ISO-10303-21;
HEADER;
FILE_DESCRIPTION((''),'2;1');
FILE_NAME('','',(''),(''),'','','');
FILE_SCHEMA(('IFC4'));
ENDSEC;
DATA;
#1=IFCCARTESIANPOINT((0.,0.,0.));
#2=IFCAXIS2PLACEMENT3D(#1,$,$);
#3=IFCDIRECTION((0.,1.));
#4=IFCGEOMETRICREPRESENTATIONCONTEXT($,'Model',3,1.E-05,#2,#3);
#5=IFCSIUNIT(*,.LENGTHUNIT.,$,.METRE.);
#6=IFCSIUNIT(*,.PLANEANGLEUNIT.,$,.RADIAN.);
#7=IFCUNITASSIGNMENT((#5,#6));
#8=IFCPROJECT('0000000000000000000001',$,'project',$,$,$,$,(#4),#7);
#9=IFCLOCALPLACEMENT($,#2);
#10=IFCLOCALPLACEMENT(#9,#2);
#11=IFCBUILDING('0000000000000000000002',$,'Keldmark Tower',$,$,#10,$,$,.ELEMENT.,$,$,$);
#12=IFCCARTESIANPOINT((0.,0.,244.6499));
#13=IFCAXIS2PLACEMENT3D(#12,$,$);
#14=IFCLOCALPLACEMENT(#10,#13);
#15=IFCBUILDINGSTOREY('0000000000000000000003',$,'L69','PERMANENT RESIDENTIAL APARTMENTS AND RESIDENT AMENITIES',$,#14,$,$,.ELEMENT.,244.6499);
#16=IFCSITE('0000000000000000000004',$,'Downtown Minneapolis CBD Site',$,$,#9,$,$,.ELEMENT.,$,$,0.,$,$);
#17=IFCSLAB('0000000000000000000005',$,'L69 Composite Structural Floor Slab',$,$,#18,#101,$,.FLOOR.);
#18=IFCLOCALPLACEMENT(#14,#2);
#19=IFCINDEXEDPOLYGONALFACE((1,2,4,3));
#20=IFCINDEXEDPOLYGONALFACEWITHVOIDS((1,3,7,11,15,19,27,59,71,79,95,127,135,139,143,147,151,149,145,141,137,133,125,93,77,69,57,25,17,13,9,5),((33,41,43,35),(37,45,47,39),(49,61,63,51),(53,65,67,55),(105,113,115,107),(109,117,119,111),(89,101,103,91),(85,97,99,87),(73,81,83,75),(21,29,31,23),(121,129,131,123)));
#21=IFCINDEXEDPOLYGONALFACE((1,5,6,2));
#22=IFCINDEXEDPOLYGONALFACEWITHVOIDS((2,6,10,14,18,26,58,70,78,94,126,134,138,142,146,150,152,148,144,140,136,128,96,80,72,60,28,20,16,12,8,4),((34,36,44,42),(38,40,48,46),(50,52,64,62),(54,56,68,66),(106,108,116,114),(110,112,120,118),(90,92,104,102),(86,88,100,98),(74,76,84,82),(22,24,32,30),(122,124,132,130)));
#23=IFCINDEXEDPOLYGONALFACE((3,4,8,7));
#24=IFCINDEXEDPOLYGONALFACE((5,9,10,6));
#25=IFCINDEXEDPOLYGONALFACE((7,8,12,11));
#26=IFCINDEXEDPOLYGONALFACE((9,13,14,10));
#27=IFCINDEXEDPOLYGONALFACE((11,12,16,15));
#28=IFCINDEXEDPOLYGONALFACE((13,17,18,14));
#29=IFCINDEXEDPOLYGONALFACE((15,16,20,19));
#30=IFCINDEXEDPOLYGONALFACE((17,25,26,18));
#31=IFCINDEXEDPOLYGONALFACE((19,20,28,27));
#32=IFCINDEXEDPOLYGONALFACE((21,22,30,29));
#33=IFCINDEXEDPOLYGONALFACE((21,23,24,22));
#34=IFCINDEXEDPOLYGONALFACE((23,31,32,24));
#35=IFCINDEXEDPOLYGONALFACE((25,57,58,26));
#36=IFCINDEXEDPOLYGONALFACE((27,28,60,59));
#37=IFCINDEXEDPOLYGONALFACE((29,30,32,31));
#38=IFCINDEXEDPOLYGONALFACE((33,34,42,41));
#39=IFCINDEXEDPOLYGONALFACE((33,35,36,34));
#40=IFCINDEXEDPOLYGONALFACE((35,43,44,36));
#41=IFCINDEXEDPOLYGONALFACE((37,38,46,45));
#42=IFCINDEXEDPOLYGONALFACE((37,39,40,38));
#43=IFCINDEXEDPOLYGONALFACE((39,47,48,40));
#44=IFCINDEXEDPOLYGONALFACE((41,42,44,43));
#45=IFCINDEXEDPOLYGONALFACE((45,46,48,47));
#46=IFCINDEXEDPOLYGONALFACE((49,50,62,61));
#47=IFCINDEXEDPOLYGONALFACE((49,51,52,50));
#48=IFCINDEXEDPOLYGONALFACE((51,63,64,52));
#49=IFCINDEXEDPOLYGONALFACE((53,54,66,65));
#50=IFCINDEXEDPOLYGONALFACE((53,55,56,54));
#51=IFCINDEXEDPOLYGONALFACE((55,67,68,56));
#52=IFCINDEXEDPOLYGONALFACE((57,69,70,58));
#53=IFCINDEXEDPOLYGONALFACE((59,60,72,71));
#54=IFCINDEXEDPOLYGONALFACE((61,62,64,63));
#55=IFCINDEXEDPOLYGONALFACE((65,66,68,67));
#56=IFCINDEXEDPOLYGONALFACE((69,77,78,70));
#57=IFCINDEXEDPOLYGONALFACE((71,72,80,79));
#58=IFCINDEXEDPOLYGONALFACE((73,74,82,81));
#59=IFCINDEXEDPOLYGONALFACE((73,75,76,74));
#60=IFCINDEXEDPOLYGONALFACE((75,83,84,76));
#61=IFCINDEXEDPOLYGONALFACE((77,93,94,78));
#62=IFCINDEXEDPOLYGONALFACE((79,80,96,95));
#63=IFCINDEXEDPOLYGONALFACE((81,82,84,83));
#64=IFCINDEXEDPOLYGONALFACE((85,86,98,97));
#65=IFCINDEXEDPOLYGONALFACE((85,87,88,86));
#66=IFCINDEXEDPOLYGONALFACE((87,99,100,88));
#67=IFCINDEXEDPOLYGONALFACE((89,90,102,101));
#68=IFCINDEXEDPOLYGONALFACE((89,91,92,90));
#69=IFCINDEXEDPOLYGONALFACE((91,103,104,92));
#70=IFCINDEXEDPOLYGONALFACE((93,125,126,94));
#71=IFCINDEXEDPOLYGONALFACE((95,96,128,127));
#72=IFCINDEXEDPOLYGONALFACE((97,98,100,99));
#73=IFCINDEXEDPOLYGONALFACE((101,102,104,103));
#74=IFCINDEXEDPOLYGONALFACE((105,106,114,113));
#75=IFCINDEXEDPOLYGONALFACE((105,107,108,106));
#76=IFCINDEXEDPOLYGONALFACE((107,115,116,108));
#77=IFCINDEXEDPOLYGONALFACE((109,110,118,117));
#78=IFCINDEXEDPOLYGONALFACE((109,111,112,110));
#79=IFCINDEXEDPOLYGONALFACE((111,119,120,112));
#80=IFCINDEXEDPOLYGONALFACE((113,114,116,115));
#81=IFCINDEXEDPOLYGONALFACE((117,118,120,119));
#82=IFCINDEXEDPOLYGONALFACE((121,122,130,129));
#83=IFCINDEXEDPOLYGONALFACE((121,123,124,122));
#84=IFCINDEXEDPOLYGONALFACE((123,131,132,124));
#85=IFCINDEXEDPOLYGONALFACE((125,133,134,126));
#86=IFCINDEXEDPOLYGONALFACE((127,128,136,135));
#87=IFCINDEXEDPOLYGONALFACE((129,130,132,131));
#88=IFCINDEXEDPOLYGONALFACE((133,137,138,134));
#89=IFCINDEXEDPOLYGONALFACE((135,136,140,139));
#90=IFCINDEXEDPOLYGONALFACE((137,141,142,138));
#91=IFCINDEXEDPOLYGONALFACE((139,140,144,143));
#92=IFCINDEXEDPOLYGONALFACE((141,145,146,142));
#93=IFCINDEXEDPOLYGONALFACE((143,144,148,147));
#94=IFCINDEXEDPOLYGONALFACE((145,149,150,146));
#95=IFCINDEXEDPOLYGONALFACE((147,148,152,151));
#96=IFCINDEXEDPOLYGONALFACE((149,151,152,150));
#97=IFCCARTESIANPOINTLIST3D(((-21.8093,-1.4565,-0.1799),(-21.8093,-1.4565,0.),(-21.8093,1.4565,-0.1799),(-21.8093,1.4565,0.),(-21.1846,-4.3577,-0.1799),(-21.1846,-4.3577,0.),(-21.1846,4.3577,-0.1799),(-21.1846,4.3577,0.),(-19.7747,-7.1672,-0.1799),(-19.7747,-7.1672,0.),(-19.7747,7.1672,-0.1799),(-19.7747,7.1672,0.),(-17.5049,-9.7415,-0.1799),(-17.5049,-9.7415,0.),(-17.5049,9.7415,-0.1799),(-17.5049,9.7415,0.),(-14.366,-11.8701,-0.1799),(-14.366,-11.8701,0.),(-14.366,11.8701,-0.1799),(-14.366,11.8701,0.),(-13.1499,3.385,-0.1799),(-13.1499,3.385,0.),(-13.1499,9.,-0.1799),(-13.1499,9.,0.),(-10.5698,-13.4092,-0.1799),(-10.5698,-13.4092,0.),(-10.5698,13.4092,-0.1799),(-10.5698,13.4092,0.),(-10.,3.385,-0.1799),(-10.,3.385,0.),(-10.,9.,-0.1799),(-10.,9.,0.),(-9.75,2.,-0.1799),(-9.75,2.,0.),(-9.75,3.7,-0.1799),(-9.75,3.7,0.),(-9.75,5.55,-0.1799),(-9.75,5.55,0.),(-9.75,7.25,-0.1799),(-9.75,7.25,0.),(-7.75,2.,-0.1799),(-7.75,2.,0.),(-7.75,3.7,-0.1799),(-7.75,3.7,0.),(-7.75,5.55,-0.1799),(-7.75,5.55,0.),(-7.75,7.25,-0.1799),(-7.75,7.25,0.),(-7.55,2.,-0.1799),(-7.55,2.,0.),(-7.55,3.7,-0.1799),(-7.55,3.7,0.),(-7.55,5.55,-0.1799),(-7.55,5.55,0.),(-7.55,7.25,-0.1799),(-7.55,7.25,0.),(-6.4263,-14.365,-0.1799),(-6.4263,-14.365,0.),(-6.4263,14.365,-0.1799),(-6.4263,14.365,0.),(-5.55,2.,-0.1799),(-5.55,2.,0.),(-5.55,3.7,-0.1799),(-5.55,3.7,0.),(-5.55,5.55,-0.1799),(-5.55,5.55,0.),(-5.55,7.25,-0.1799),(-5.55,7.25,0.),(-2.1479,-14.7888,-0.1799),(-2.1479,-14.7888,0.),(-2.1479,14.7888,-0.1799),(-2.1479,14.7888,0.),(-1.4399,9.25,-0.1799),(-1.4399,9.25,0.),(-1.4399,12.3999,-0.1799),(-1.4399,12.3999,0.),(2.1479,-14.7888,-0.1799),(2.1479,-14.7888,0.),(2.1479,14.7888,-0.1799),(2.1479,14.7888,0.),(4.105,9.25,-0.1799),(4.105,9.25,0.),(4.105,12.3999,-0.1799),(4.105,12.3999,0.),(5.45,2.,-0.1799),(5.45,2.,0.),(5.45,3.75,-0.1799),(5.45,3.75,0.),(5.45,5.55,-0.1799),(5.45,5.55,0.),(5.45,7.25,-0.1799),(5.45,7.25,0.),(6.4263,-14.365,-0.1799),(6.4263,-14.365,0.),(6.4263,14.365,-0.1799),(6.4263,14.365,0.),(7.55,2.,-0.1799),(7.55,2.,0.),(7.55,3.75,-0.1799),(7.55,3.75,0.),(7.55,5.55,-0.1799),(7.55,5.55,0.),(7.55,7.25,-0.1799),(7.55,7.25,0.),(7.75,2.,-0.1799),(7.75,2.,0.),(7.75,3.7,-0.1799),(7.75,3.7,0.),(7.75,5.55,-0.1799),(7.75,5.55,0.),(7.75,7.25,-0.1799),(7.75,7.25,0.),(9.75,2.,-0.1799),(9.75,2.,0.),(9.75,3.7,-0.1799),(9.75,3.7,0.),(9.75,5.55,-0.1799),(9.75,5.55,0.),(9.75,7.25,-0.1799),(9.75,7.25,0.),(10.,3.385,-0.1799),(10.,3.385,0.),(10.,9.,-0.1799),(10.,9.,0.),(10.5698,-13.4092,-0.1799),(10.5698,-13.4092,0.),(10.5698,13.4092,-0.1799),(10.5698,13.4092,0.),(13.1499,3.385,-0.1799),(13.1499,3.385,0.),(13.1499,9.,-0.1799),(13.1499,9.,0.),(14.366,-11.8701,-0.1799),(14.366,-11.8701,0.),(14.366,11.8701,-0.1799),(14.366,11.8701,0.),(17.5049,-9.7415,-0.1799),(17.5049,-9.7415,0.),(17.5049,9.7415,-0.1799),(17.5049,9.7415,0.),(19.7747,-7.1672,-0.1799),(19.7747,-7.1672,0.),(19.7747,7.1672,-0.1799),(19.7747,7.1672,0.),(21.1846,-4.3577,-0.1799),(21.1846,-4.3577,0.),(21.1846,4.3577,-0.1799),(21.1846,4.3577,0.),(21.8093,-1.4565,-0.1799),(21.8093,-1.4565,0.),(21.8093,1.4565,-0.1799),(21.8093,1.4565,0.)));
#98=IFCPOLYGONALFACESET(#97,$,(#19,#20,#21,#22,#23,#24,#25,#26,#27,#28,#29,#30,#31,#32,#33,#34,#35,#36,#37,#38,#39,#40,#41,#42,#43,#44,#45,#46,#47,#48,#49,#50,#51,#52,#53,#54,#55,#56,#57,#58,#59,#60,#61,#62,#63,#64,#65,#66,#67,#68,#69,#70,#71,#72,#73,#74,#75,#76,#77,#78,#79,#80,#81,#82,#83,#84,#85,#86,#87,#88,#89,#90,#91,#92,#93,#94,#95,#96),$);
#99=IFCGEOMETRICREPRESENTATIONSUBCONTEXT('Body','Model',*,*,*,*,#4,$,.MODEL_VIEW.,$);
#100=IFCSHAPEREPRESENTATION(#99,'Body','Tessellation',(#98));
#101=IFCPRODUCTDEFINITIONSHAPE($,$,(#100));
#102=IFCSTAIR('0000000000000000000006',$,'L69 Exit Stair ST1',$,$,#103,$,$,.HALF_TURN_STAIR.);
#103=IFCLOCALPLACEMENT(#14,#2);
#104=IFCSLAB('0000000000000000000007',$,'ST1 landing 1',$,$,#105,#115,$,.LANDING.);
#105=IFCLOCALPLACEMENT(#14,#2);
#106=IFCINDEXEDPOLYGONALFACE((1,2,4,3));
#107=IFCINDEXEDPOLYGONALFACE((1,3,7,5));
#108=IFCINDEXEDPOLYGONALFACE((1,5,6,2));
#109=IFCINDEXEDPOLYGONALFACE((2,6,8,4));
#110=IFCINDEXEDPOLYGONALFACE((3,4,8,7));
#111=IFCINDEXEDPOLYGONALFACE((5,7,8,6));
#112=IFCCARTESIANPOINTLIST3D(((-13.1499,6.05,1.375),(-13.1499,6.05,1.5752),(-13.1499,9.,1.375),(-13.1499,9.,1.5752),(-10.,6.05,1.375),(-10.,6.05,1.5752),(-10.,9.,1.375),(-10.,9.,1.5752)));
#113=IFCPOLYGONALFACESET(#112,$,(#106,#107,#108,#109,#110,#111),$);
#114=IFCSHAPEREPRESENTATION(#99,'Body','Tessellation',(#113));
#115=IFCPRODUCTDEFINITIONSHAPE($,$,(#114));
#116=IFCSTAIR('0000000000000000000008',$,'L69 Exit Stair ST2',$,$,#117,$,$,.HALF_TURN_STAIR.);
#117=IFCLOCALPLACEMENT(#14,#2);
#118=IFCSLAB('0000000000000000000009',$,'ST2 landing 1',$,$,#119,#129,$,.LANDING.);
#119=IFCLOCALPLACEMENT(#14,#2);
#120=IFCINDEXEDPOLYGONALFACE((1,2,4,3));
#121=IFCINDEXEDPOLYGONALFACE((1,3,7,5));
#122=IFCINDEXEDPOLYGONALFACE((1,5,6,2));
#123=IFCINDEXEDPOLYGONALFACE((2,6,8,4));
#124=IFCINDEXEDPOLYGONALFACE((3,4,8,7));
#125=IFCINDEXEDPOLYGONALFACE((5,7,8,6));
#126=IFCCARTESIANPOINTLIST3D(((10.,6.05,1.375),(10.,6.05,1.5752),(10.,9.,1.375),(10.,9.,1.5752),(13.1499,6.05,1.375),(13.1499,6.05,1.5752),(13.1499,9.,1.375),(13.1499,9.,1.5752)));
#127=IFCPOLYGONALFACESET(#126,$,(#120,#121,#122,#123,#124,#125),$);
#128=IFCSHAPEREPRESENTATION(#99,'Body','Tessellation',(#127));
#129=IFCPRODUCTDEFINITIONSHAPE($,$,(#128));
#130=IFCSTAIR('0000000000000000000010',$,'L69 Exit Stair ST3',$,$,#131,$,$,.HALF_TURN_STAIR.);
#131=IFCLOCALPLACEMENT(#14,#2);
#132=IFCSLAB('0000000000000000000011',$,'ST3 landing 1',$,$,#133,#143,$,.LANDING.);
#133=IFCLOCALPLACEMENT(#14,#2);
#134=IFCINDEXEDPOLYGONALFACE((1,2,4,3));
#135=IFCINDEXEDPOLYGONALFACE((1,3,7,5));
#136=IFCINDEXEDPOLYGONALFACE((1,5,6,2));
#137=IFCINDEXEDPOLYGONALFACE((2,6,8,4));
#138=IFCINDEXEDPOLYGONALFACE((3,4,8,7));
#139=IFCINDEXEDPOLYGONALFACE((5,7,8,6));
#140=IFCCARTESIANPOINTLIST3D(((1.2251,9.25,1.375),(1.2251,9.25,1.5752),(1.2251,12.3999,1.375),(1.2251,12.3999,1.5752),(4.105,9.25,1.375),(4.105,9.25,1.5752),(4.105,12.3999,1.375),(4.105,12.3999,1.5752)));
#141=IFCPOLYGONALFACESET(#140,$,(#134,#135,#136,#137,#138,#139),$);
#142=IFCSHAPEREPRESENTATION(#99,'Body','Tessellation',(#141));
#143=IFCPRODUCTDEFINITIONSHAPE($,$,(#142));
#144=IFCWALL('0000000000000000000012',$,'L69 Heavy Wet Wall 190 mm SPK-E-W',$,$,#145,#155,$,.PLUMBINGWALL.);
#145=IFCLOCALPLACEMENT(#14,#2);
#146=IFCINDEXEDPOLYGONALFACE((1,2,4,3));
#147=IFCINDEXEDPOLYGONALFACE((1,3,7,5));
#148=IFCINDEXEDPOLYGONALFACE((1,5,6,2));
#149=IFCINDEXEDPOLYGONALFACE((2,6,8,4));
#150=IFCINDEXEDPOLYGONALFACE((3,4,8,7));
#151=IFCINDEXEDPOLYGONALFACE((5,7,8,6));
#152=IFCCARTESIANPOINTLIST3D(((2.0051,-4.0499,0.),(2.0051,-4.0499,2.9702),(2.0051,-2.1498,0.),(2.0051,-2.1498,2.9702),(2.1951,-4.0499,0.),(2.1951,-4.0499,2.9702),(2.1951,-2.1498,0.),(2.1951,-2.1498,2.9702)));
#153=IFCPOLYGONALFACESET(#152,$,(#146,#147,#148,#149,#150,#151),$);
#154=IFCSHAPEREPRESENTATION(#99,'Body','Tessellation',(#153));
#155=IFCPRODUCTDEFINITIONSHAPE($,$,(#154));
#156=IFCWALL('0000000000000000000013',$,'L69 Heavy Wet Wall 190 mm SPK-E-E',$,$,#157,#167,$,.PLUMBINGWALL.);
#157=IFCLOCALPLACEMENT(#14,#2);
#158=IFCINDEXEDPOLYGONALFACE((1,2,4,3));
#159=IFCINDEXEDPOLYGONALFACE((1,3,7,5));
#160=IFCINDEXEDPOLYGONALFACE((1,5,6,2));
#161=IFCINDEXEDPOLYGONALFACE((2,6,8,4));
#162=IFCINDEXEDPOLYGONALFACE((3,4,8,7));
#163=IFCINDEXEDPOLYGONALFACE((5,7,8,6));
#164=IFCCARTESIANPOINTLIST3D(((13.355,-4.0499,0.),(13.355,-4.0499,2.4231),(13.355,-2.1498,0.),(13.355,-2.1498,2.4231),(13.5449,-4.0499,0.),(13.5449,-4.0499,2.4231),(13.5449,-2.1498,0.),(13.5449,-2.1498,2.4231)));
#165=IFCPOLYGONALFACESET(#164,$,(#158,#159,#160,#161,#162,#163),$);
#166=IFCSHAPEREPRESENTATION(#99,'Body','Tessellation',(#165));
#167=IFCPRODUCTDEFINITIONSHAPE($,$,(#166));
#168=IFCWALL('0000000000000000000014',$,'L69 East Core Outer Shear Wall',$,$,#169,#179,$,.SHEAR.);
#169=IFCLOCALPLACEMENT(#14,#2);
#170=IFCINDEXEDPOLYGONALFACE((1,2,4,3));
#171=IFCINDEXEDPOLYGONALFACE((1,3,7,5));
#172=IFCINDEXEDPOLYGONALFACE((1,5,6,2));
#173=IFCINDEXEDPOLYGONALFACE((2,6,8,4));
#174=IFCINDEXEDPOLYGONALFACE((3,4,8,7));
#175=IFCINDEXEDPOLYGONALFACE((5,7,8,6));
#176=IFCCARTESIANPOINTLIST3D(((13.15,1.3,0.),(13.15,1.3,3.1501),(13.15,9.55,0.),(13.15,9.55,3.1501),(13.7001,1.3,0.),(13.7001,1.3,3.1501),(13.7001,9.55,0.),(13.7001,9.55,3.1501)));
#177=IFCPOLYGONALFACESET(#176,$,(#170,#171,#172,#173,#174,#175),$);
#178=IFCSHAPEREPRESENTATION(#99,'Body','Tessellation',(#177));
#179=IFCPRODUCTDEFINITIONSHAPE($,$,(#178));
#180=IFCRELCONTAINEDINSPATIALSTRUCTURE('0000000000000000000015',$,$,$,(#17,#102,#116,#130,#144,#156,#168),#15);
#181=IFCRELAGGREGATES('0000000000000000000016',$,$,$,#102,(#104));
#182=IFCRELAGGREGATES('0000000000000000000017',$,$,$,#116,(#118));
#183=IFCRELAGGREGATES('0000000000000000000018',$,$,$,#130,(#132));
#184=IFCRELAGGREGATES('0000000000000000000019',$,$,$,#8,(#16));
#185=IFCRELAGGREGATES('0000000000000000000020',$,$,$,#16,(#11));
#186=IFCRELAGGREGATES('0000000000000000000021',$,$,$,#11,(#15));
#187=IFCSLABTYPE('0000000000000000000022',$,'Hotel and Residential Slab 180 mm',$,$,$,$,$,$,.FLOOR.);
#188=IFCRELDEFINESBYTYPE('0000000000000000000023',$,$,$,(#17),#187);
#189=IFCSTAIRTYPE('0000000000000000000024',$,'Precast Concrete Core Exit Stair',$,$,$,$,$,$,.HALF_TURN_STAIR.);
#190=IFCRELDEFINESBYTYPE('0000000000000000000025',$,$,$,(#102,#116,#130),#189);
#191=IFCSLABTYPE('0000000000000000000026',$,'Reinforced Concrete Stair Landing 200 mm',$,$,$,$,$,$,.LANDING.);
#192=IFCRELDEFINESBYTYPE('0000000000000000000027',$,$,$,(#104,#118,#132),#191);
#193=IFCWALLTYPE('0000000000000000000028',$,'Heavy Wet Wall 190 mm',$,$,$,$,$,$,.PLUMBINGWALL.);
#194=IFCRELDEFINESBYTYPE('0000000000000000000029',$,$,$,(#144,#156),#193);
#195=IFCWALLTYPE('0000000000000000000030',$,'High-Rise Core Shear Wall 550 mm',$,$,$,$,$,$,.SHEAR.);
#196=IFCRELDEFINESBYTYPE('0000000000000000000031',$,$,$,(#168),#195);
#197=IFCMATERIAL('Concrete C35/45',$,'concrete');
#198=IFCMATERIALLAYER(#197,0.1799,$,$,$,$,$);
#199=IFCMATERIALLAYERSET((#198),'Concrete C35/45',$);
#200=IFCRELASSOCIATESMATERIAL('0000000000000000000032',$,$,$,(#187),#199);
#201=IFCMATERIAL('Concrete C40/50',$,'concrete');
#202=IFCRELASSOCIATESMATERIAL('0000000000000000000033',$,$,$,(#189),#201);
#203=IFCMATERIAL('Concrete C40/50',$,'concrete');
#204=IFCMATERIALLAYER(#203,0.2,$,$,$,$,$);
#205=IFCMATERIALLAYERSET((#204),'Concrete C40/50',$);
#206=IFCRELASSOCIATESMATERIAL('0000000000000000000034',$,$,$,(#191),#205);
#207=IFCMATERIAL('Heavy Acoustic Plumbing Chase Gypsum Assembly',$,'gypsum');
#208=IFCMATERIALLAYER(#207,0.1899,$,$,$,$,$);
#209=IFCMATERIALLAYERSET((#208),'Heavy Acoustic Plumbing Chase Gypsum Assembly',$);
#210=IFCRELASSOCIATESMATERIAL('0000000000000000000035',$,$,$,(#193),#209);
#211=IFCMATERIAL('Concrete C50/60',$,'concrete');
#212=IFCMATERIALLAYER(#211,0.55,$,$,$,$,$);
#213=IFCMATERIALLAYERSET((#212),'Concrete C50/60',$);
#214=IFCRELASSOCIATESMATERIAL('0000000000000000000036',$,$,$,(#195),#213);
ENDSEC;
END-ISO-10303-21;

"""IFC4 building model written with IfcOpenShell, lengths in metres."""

from ifc_helpers import new_model, si_unit, direction, frame, frame_2d, origin, place, context, subcontext, project, spatial, polyline, rectangle, outline, extrude, material, layer, layer_set, type_object, element, aggregate, save


model = new_model("IFC4")

# Units and contexts
model_context = context("Model", 3, precision=1e-05, world=origin(), true_north=direction((0.0, 1.0)))
body_context = subcontext(model_context, "Body", "Model", "MODEL_VIEW")
ifc_project = project(units=[si_unit("LENGTHUNIT", "METRE"), si_unit("PLANEANGLEUNIT", "RADIAN")], contexts=[model_context])

# Site, building, storey
site_placement = place(None, origin())
site = spatial("IfcSite", under=ifc_project, at=site_placement, Name="Downtown Minneapolis CBD Site", CompositionType="ELEMENT", RefElevation=0.0)
building_placement = place(site_placement, origin())
building = spatial("IfcBuilding", under=site, at=building_placement, Name="Keldmark Tower", CompositionType="ELEMENT")
storey_placement = place(building_placement, frame((0.0, 0.0, 244.6499)))
storey = spatial("IfcBuildingStorey", under=building, at=storey_placement, Name="L69", Description="PERMANENT RESIDENTIAL APARTMENTS AND RESIDENT AMENITIES", CompositionType="ELEMENT", Elevation=244.6499)

# Slab
ifc_material_1 = material(Name="Concrete C35/45", Category="concrete")
ifc_layer_1 = layer(ifc_material_1, 0.1799)
ifc_layer_set_1 = layer_set([ifc_layer_1], Name="Concrete C35/45")
slab_type_1 = type_object("IfcSlabType", Name="Hotel and Residential Slab 180 mm", PredefinedType="FLOOR", material=ifc_layer_set_1)
slab_1_placement = place(storey_placement, frame((0.0, 0.0, -0.1799)))
element("IfcSlab", 1, at=slab_1_placement, inside=storey, type_object=slab_type_1, Name="L69 Composite Structural Floor Slab", PredefinedType="FLOOR", context=body_context, shape_type="SweptSolid", body=[
    extrude(outline(polyline([(21.8093, 1.4565), (21.1846, 4.3577), (19.7747, 7.1672), (17.5049, 9.7415), (14.366, 11.8701), (10.5698, 13.4092), (6.4263, 14.365), (2.1479, 14.7888), (-2.1479, 14.7888), (-6.4263, 14.365), (-10.5698, 13.4092), (-14.366, 11.8701), (-17.5049, 9.7415), (-19.7747, 7.1672), (-21.1846, 4.3577), (-21.8093, 1.4565), (-21.8093, -1.4565), (-21.1846, -4.3577), (-19.7747, -7.1672), (-17.5049, -9.7415), (-14.366, -11.8701), (-10.5698, -13.4092), (-6.4263, -14.365), (-2.1479, -14.7888), (2.1479, -14.7888), (6.4263, -14.365), (10.5698, -13.4092), (14.366, -11.8701), (17.5049, -9.7415), (19.7747, -7.1672), (21.1846, -4.3577), (21.8093, -1.4565), (21.8093, 1.4565)]), holes=[polyline([(-10.0, 3.385), (-10.0, 9.0), (-13.1499, 9.0), (-13.1499, 3.385), (-10.0, 3.385)]), polyline([(13.1499, 3.385), (13.1499, 9.0), (10.0, 9.0), (10.0, 3.385), (13.1499, 3.385)]), polyline([(-1.4399, 9.25), (4.105, 9.25), (4.105, 12.3999), (-1.4399, 12.3999), (-1.4399, 9.25)]), polyline([(-9.75, 2.0), (-7.75, 2.0), (-7.75, 3.7), (-9.75, 3.7), (-9.75, 2.0)]), polyline([(7.75, 2.0), (9.75, 2.0), (9.75, 3.7), (7.75, 3.7), (7.75, 2.0)]), polyline([(5.45, 2.0), (7.55, 2.0), (7.55, 3.75), (5.45, 3.75), (5.45, 2.0)]), polyline([(-9.75, 5.55), (-7.75, 5.55), (-7.75, 7.25), (-9.75, 7.25), (-9.75, 5.55)]), polyline([(-7.55, 5.55), (-5.55, 5.55), (-5.55, 7.25), (-7.55, 7.25), (-7.55, 5.55)]), polyline([(-7.55, 2.0), (-5.55, 2.0), (-5.55, 3.7), (-7.55, 3.7), (-7.55, 2.0)]), polyline([(5.45, 5.55), (7.55, 5.55), (7.55, 7.25), (5.45, 7.25), (5.45, 5.55)]), polyline([(7.75, 5.55), (9.75, 5.55), (9.75, 7.25), (7.75, 7.25), (7.75, 5.55)])]), origin(), (0.0, 0.0, 1.0), 0.1799),
])

# Stairs, slabs
ifc_material_2 = material(Name="Concrete C40/50", Category="concrete")
stair_type = type_object("IfcStairType", Name="Precast Concrete Core Exit Stair", PredefinedType="HALF_TURN_STAIR", material=ifc_material_2)
stair_1_placement = place(storey_placement, origin())
stair_1 = element("IfcStair", 2, at=stair_1_placement, inside=storey, type_object=stair_type, Name="L69 Exit Stair ST1", PredefinedType="HALF_TURN_STAIR")
ifc_material_3 = material(Name="Concrete C40/50", Category="concrete")
ifc_layer_2 = layer(ifc_material_3, 0.2)
ifc_layer_set_2 = layer_set([ifc_layer_2], Name="Concrete C40/50")
slab_type_2 = type_object("IfcSlabType", Name="Reinforced Concrete Stair Landing 200 mm", PredefinedType="LANDING", material=ifc_layer_set_2)
slab_2_placement = place(storey_placement, frame((0.0, 0.0, 1.375)))
slab_2 = element("IfcSlab", 3, at=slab_2_placement, type_object=slab_type_2, Name="ST1 landing 1", PredefinedType="LANDING", context=body_context, shape_type="SweptSolid", body=[
    extrude(outline(polyline([(-10.0, 6.05), (-10.0, 9.0), (-13.1499, 9.0), (-13.1499, 6.05), (-10.0, 6.05)])), origin(), (0.0, 0.0, 1.0), 0.2002),
])
aggregate(stair_1, [slab_2])
stair_2_placement = place(storey_placement, origin())
stair_2 = element("IfcStair", 4, at=stair_2_placement, inside=storey, type_object=stair_type, Name="L69 Exit Stair ST2", PredefinedType="HALF_TURN_STAIR")
slab_3_placement = place(storey_placement, frame((0.0, 0.0, 1.375)))
slab_3 = element("IfcSlab", 5, at=slab_3_placement, type_object=slab_type_2, Name="ST2 landing 1", PredefinedType="LANDING", context=body_context, shape_type="SweptSolid", body=[
    extrude(outline(polyline([(13.1499, 6.05), (13.1499, 9.0), (10.0, 9.0), (10.0, 6.05), (13.1499, 6.05)])), origin(), (0.0, 0.0, 1.0), 0.2002),
])
aggregate(stair_2, [slab_3])
stair_3_placement = place(storey_placement, origin())
stair_3 = element("IfcStair", 6, at=stair_3_placement, inside=storey, type_object=stair_type, Name="L69 Exit Stair ST3", PredefinedType="HALF_TURN_STAIR")
slab_4_placement = place(storey_placement, frame((0.0, 0.0, 1.375)))
slab_4 = element("IfcSlab", 7, at=slab_4_placement, type_object=slab_type_2, Name="ST3 landing 1", PredefinedType="LANDING", context=body_context, shape_type="SweptSolid", body=[
    extrude(outline(polyline([(1.2251, 9.25), (4.105, 9.25), (4.105, 12.3999), (1.2251, 12.3999), (1.2251, 9.25)])), origin(), (0.0, 0.0, 1.0), 0.2002),
])
aggregate(stair_3, [slab_4])

# Walls
ifc_material_4 = material(Name="Heavy Acoustic Plumbing Chase Gypsum Assembly", Category="gypsum")
ifc_layer_3 = layer(ifc_material_4, 0.1899)
ifc_layer_set_3 = layer_set([ifc_layer_3], Name="Heavy Acoustic Plumbing Chase Gypsum Assembly")
wall_type_1 = type_object("IfcWallType", Name="Heavy Wet Wall 190 mm", PredefinedType="PLUMBINGWALL", material=ifc_layer_set_3)
wall_1_placement = place(storey_placement, frame((2.1001, -4.05, 0.0), z_axis=(0.0, 0.0, 1.0), x_axis=(0.0, 1.0, 0.0)))
element("IfcWall", 8, at=wall_1_placement, inside=storey, type_object=wall_type_1, Name="L69 Heavy Wet Wall 190 mm SPK-E-W", PredefinedType="PLUMBINGWALL", context=body_context, shape_type="SweptSolid", body=[
    extrude(rectangle(XDim=1.9001, YDim=0.1899, at=frame_2d((0.9502, 0.0))), origin(), (0.0, 0.0, 1.0), 2.9702),
])
wall_2_placement = place(storey_placement, frame((13.45, -4.05, 0.0), z_axis=(0.0, 0.0, 1.0), x_axis=(0.0, 1.0, 0.0)))
element("IfcWall", 9, at=wall_2_placement, inside=storey, type_object=wall_type_1, Name="L69 Heavy Wet Wall 190 mm SPK-E-E", PredefinedType="PLUMBINGWALL", context=body_context, shape_type="SweptSolid", body=[
    extrude(rectangle(XDim=1.9001, YDim=0.1899, at=frame_2d((0.9502, 0.0))), origin(), (0.0, 0.0, 1.0), 2.4231),
])
ifc_material_5 = material(Name="Concrete C50/60", Category="concrete")
ifc_layer_4 = layer(ifc_material_5, 0.55)
ifc_layer_set_4 = layer_set([ifc_layer_4], Name="Concrete C50/60")
wall_type_2 = type_object("IfcWallType", Name="High-Rise Core Shear Wall 550 mm", PredefinedType="SHEAR", material=ifc_layer_set_4)
wall_3_placement = place(storey_placement, frame((13.425, 1.3, 0.0), z_axis=(0.0, 0.0, 1.0), x_axis=(0.0, 1.0, 0.0)))
element("IfcWall", 10, at=wall_3_placement, inside=storey, type_object=wall_type_2, Name="L69 East Core Outer Shear Wall", PredefinedType="SHEAR", context=body_context, shape_type="SweptSolid", body=[
    extrude(rectangle(XDim=8.25, YDim=0.55, at=frame_2d((4.125, 0.0))), origin(), (0.0, 0.0, 1.0), 3.1501),
])

save(model, "model.ifc")
